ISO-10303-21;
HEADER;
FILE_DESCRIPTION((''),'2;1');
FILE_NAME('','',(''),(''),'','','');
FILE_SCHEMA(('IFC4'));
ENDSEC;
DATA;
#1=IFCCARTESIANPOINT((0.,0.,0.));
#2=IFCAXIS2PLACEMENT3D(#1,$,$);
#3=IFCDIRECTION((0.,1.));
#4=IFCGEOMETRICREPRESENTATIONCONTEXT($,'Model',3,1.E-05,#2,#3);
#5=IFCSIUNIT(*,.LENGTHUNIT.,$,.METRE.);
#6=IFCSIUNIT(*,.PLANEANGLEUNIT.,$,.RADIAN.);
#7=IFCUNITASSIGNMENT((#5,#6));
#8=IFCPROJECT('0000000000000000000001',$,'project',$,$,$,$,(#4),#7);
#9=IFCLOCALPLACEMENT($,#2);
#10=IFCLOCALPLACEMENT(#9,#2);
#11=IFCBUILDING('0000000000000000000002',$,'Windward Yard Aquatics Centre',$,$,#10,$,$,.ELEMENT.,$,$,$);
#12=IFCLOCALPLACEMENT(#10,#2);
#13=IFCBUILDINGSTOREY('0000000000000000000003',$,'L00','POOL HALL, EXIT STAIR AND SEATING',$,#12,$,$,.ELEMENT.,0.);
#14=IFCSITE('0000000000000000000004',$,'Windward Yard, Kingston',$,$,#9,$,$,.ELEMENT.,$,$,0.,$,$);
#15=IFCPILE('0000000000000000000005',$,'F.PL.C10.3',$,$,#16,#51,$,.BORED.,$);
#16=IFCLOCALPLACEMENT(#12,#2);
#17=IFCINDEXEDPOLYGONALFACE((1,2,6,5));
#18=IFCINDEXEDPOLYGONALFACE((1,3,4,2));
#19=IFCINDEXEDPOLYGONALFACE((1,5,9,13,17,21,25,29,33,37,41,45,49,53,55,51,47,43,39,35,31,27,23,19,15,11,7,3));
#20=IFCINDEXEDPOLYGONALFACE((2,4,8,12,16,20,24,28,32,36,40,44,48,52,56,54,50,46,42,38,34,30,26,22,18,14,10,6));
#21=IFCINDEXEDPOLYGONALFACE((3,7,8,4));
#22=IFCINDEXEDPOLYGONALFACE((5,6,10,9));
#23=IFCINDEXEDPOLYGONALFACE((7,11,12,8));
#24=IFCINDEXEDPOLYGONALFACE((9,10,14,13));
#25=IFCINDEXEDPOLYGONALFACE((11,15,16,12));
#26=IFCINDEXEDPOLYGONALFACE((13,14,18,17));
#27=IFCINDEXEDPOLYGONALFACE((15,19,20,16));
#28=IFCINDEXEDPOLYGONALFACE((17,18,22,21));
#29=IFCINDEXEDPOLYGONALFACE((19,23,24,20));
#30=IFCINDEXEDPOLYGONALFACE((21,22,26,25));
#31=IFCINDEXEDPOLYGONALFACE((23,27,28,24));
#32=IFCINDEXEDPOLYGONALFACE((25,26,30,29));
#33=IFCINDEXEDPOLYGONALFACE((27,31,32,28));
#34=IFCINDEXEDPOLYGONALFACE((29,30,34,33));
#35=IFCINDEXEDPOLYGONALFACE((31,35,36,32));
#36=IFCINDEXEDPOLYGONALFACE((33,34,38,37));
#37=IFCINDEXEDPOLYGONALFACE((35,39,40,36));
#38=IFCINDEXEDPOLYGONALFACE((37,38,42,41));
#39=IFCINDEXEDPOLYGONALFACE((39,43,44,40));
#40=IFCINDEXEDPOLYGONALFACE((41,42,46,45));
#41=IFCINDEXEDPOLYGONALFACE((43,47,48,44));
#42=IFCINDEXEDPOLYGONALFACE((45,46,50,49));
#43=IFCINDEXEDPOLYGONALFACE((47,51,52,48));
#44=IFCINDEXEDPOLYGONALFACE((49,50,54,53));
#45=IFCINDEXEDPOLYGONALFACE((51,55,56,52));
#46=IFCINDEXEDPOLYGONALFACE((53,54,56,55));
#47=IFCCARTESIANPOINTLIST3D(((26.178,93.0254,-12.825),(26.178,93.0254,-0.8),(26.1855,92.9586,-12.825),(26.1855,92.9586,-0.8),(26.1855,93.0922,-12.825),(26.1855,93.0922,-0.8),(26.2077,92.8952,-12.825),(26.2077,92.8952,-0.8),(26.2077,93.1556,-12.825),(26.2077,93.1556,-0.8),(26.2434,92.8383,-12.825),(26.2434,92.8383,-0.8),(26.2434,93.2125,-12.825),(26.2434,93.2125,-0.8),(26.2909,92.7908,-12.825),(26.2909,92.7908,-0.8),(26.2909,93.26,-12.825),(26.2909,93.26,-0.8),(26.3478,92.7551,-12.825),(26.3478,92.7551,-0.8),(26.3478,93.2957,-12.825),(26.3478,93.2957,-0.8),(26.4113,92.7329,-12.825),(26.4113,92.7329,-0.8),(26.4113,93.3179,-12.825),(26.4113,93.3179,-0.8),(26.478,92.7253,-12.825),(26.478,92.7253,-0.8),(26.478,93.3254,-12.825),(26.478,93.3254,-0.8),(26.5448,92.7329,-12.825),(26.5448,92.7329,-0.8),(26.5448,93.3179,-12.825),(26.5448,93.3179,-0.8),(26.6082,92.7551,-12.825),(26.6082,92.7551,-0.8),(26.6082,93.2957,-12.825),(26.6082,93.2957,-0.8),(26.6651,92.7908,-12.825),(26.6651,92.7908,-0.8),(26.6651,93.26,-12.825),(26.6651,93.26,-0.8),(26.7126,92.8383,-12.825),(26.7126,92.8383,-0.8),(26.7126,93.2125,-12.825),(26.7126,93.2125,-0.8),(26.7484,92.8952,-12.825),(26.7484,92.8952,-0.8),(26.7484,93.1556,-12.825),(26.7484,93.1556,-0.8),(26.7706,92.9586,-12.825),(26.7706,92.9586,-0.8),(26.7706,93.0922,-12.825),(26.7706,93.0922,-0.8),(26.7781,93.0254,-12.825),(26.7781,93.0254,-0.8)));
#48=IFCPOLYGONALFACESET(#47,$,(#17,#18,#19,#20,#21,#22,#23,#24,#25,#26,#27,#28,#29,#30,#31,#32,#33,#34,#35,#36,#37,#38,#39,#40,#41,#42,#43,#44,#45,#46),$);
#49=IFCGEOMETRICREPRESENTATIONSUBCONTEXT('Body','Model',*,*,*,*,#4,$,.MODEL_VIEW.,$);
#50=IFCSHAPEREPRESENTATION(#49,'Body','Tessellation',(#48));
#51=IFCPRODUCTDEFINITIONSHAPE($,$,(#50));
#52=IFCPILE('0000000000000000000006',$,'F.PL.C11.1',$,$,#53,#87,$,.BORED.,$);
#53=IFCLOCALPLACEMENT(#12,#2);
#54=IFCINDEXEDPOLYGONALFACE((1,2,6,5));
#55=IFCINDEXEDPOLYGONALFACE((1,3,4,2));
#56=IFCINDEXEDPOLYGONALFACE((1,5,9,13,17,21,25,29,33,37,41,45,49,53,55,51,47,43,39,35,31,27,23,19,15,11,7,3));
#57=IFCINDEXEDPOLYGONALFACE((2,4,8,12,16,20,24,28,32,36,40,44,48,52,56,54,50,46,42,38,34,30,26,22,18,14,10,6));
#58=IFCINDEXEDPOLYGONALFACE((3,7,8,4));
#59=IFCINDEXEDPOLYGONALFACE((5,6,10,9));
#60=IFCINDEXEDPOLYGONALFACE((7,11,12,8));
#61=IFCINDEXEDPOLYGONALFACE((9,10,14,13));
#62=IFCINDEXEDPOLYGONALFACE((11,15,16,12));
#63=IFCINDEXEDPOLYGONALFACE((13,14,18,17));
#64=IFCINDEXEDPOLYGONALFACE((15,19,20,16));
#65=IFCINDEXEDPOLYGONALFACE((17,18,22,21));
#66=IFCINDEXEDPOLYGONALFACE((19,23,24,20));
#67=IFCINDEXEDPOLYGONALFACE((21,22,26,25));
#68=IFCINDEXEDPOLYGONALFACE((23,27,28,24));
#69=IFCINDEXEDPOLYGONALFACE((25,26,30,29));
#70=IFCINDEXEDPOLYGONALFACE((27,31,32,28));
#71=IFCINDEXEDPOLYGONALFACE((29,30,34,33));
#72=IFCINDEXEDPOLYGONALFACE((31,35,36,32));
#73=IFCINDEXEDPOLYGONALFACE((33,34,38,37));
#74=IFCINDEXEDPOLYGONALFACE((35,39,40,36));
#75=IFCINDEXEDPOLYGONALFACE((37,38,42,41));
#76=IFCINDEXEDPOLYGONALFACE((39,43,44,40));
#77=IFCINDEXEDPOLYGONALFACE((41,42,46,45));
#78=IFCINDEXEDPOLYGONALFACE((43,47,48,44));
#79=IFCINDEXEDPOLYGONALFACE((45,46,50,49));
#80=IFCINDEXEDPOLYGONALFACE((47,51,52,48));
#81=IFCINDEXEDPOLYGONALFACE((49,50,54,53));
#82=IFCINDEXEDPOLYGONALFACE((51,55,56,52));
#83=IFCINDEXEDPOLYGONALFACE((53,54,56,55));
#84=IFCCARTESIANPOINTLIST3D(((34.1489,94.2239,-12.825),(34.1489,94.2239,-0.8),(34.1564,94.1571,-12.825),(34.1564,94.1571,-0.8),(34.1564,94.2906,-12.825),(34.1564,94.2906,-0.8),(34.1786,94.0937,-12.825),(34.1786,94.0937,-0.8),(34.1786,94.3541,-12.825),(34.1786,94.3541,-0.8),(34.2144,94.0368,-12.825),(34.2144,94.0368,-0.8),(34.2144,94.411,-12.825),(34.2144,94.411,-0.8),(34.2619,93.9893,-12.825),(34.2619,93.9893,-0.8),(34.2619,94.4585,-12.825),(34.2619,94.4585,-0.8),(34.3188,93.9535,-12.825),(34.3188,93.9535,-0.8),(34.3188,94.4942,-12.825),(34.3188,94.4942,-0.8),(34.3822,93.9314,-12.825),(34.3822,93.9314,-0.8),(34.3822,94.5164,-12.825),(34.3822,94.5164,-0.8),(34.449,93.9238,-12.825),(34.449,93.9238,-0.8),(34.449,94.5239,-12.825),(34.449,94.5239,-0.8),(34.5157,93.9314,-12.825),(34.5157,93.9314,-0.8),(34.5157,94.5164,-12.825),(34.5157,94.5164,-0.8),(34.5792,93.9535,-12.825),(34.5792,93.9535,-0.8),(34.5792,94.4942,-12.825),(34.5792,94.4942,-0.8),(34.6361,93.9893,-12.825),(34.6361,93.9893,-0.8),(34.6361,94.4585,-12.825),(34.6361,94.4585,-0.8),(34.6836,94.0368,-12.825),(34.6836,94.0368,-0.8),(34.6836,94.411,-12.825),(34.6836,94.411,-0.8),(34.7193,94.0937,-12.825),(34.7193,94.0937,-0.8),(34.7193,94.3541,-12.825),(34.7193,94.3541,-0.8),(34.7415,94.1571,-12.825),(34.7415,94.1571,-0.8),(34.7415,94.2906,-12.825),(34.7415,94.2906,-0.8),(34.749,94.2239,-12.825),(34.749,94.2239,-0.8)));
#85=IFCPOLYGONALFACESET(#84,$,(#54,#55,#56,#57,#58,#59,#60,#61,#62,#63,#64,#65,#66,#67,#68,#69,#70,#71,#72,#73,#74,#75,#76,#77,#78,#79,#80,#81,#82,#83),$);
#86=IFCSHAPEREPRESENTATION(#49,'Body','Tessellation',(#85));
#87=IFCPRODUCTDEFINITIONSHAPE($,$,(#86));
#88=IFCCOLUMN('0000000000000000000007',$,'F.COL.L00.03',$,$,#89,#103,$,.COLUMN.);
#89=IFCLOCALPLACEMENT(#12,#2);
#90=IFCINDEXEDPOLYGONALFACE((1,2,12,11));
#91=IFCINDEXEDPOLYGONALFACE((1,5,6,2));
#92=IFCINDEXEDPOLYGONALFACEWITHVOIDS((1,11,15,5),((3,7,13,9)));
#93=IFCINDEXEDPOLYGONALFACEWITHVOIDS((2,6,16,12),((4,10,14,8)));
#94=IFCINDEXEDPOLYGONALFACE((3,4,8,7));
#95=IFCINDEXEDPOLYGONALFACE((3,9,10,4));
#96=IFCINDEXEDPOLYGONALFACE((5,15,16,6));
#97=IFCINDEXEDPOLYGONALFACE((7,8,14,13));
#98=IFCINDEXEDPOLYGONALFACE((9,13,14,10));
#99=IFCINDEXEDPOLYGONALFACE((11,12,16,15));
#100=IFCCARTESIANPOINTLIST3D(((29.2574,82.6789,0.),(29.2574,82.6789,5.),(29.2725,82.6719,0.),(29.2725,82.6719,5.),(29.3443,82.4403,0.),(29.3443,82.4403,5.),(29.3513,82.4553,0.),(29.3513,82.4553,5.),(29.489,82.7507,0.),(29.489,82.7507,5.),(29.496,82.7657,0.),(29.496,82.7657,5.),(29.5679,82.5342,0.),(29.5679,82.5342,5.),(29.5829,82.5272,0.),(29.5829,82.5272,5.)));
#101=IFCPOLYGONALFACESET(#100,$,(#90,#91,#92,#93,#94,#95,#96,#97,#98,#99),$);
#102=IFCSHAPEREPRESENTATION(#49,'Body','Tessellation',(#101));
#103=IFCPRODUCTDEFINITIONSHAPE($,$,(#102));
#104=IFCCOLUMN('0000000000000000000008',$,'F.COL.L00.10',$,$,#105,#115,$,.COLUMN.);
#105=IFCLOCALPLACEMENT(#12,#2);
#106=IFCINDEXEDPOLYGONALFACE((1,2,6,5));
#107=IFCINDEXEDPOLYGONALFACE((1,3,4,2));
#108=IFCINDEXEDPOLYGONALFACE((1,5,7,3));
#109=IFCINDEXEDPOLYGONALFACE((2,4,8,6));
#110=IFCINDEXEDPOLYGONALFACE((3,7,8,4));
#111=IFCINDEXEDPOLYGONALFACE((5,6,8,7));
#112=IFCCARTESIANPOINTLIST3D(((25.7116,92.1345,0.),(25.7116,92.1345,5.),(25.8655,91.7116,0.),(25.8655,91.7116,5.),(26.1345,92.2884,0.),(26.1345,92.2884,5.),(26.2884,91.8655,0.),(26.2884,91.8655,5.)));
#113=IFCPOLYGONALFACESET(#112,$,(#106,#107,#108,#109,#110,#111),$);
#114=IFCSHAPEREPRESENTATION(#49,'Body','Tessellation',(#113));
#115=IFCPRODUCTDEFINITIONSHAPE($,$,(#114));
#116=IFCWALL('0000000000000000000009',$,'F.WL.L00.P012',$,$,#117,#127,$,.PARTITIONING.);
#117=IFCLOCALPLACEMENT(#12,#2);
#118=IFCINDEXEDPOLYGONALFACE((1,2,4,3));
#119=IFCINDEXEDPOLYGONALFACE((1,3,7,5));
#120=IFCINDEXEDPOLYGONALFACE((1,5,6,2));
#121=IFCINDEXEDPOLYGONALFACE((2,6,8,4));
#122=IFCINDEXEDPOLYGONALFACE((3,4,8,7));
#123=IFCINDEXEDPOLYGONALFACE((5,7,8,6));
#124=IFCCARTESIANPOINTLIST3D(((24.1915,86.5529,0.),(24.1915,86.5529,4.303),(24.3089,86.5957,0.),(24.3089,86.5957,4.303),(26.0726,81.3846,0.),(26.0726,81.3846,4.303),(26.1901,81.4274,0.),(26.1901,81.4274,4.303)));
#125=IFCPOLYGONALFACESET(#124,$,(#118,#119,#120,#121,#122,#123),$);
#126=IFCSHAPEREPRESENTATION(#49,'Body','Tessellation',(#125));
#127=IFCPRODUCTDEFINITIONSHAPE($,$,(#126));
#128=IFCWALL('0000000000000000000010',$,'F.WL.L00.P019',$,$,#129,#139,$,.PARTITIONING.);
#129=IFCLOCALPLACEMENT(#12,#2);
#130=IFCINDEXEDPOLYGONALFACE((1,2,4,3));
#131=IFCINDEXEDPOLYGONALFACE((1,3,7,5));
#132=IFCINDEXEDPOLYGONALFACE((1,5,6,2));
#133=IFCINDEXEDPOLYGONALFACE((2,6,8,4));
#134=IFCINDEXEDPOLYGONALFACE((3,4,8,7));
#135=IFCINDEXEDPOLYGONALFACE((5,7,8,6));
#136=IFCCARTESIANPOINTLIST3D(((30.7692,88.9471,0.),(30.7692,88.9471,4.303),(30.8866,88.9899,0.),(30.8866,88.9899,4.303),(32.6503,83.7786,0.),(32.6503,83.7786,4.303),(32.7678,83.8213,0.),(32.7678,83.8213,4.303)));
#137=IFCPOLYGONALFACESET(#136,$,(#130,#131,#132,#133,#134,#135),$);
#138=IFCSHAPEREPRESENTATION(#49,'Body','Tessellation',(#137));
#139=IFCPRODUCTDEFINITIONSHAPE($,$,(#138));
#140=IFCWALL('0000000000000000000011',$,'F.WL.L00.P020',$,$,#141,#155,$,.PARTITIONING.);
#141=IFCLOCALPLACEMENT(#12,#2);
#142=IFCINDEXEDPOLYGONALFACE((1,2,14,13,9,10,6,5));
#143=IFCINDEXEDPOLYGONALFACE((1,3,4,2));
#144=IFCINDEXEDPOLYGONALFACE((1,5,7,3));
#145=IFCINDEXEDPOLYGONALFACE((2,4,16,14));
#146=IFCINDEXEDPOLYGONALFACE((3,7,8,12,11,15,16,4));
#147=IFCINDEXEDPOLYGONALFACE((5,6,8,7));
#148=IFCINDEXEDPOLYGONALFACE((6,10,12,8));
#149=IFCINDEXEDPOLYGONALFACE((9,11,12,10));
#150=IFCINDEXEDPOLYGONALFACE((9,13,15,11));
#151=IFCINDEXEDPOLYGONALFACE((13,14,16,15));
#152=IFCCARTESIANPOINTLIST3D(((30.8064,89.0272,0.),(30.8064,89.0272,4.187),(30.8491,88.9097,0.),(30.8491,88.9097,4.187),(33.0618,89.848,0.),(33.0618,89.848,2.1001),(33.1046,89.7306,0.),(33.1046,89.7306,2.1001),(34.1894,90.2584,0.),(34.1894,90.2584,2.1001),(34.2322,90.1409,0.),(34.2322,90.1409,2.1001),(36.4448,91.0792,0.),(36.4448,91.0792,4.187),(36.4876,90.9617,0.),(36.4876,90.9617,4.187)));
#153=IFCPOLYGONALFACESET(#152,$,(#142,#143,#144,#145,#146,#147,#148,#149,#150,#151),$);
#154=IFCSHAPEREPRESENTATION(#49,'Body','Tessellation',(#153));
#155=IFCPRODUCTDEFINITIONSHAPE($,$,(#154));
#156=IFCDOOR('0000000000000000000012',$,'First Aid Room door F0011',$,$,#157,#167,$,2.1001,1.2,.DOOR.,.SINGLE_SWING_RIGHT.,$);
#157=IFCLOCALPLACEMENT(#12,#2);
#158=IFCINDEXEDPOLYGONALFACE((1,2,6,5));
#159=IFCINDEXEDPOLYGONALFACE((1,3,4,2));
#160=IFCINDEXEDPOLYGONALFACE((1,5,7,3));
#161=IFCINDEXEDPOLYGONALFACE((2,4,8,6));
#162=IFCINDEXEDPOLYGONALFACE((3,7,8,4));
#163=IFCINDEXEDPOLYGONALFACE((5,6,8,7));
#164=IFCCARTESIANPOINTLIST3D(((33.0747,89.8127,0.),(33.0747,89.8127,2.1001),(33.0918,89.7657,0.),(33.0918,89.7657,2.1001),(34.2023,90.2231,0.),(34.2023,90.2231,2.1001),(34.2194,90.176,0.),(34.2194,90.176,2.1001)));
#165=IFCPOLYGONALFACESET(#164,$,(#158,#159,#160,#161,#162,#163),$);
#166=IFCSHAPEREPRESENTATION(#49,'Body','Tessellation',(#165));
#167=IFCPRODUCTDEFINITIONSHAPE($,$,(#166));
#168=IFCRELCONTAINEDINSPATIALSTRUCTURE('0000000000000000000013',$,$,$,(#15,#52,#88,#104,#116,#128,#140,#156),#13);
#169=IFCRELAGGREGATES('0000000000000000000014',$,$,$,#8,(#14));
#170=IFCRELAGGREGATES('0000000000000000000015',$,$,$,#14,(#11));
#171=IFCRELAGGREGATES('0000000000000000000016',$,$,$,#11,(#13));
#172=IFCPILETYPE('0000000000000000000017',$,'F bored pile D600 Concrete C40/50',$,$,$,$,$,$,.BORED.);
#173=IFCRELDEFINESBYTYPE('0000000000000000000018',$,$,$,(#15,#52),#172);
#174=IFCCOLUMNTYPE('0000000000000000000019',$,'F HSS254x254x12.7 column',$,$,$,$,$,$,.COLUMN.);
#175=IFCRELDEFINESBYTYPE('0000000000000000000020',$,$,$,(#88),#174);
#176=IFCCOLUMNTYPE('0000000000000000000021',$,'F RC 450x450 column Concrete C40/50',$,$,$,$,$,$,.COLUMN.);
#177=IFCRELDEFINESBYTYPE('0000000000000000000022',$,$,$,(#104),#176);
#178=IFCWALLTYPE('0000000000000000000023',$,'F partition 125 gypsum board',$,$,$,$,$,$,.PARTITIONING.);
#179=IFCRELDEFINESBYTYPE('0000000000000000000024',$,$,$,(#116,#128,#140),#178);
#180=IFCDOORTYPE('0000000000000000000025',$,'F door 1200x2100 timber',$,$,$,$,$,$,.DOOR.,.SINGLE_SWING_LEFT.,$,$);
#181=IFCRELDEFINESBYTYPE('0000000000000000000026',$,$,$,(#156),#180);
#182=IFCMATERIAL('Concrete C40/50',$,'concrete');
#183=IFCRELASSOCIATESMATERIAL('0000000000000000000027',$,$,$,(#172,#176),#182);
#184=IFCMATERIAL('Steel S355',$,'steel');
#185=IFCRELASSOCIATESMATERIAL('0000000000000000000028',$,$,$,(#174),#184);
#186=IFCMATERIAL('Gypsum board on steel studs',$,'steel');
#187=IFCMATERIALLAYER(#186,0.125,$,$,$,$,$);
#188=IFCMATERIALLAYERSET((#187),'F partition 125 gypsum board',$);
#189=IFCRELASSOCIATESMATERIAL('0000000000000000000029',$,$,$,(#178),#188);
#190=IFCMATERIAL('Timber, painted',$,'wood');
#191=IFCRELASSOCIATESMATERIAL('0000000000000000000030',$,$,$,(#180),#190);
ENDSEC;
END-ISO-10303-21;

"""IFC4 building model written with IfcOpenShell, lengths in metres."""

from ifc_helpers import new_model, si_unit, direction, frame, frame_2d, origin, origin_2d, place, context, subcontext, project, spatial, rectangle, hollow_rectangle, circle, extrude, material, layer, layer_set, material_profile, profile_set, type_object, element, fill, save


model = new_model("IFC4")

# Units and contexts
model_context = context("Model", 3, precision=1e-05, world=origin(), true_north=direction((0.0, 1.0)))
body_context = subcontext(model_context, "Body", "Model", "MODEL_VIEW")
ifc_project = project(units=[si_unit("LENGTHUNIT", "METRE"), si_unit("PLANEANGLEUNIT", "RADIAN")], contexts=[model_context])

# Site, building, storey
site_placement = place(None, origin())
site = spatial("IfcSite", under=ifc_project, at=site_placement, Name="Windward Yard, Kingston", CompositionType="ELEMENT", RefElevation=0.0)
building_placement = place(site_placement, origin())
building = spatial("IfcBuilding", under=site, at=building_placement, Name="Windward Yard Aquatics Centre", CompositionType="ELEMENT")
storey_placement = place(building_placement, origin())
storey = spatial("IfcBuildingStorey", under=building, at=storey_placement, Name="L00", Description="POOL HALL, EXIT STAIR AND SEATING", CompositionType="ELEMENT", Elevation=0.0)

# Piles
ifc_material_1 = material(Name="Concrete C40/50", Category="concrete")
ifc_material_profile_1 = material_profile(ifc_material_1, circle(Radius=0.3, at=origin_2d()), Name="D600")
ifc_profile_set_1 = profile_set([ifc_material_profile_1], Name="Concrete C40/50")
pile_type = type_object("IfcPileType", Name="F bored pile D600 Concrete C40/50", PredefinedType="BORED", material=ifc_profile_set_1)
for number, where, z_axis, x_axis, name in (
    (1, (26.478, 93.0254, -0.8), (0.0, 0.0, -1.0), (1.0, 0.0, 0.0), "F.PL.C10.3"),
    (2, (34.449, 94.2239, -0.8), (0.0, 0.0, -1.0), (1.0, 0.0, 0.0), "F.PL.C11.1"),
):
    element("IfcPile", number, at=place(storey_placement, frame(where, z_axis=z_axis, x_axis=x_axis)), inside=storey, type_object=pile_type, Name=name, PredefinedType="BORED", context=body_context, shape_type="SweptSolid", body=[
        extrude(circle(Radius=0.3, at=origin_2d()), origin(), (0.0, 0.0, 1.0), 12.0249),
    ])

# Columns
ifc_material_2 = material(Name="Steel S355", Category="steel")
ifc_material_profile_2 = material_profile(ifc_material_2, hollow_rectangle(XDim=0.2539, YDim=0.2539, WallThickness=0.0117, at=origin_2d()), Name="HSS254x254x12.7")
ifc_profile_set_2 = profile_set([ifc_material_profile_2], Name="Steel S355")
column_type_1 = type_object("IfcColumnType", Name="F HSS254x254x12.7 column", PredefinedType="COLUMN", material=ifc_profile_set_2)
column_1_placement = place(storey_placement, frame((29.4202, 82.603, 0.0), z_axis=(0.0, 0.0, 1.0), x_axis=(0.939693, 0.34202, 0.0)))
element("IfcColumn", 3, at=column_1_placement, inside=storey, type_object=column_type_1, Name="F.COL.L00.03", PredefinedType="COLUMN", context=body_context, shape_type="SweptSolid", body=[
    extrude(hollow_rectangle(XDim=0.2539, YDim=0.2539, WallThickness=0.0117, at=origin_2d()), origin(), (0.0, 0.0, 1.0), 5.0),
])
ifc_material_profile_3 = material_profile(ifc_material_1, rectangle(XDim=0.45, YDim=0.45, at=origin_2d()), Name="RC 450x450")
ifc_profile_set_3 = profile_set([ifc_material_profile_3], Name="Concrete C40/50")
column_type_2 = type_object("IfcColumnType", Name="F RC 450x450 column Concrete C40/50", PredefinedType="COLUMN", material=ifc_profile_set_3)
column_2_placement = place(storey_placement, frame((26.0, 92.0, 0.0), z_axis=(0.0, 0.0, 1.0), x_axis=(0.939693, 0.34202, 0.0)))
element("IfcColumn", 4, at=column_2_placement, inside=storey, type_object=column_type_2, Name="F.COL.L00.10", PredefinedType="COLUMN", context=body_context, shape_type="SweptSolid", body=[
    extrude(rectangle(XDim=0.45, YDim=0.45, at=origin_2d()), origin(), (0.0, 0.0, 1.0), 5.0),
])

# Walls
ifc_material_3 = material(Name="Gypsum board on steel studs", Category="steel")
ifc_layer_1 = layer(ifc_material_3, 0.125)
ifc_layer_set_1 = layer_set([ifc_layer_1], Name="F partition 125 gypsum board")
wall_type_1 = type_object("IfcWallType", Name="F partition 125 gypsum board", PredefinedType="PARTITIONING", material=ifc_layer_set_1)
wall_1_placement = place(storey_placement, frame((26.1313, 81.406, 0.0), z_axis=(0.0, 0.0, 1.0), x_axis=(-0.342025, 0.939691, 0.0)))
element("IfcWall", 5, at=wall_1_placement, inside=storey, type_object=wall_type_1, Name="F.WL.L00.P012", PredefinedType="PARTITIONING", context=body_context, shape_type="SweptSolid", body=[
    extrude(rectangle(XDim=5.5, YDim=0.125, at=frame_2d((2.75, 0.0))), origin(), (0.0, 0.0, 1.0), 4.303),
])
wall_2_placement = place(storey_placement, frame((32.709, 83.8, 0.0), z_axis=(0.0, 0.0, 1.0), x_axis=(-0.34201, 0.939696, 0.0)))
element("IfcWall", 6, at=wall_2_placement, inside=storey, type_object=wall_type_1, Name="F.WL.L00.P019", PredefinedType="PARTITIONING", context=body_context, shape_type="SweptSolid", body=[
    extrude(rectangle(XDim=5.5002, YDim=0.125, at=frame_2d((2.75, 0.0))), origin(), (0.0, 0.0, 1.0), 4.303),
])

# Wall, opening, door
wall_3_placement = place(storey_placement, frame((30.8279, 88.9685, 0.0), z_axis=(0.0, 0.0, 1.0), x_axis=(0.939704, 0.341988, 0.0)))
wall_3 = element("IfcWall", 7, at=wall_3_placement, inside=storey, type_object=wall_type_1, Name="F.WL.L00.P020", PredefinedType="PARTITIONING", context=body_context, shape_type="SweptSolid", body=[
    extrude(rectangle(XDim=6.0002, YDim=0.125, at=frame_2d((3.0, 0.0))), origin(), (0.0, 0.0, 1.0), 4.187),
])
opening_1_placement = place(wall_3_placement, frame((2.3999, 0.0, 0.0)))
opening_1 = element("IfcOpeningElement", 8, at=opening_1_placement, cuts=wall_3, PredefinedType="OPENING", context=body_context, shape_type="SweptSolid", body=[
    extrude(rectangle(XDim=1.2, YDim=2.1001, at=frame_2d((0.6001, 1.05))), frame((0.0, 0.0725, 0.0), z_axis=(0.0, -1.0, 0.0), x_axis=(1.0, 0.0, 0.0)), (0.0, 0.0, 1.0), 0.145),
])
ifc_material_4 = material(Name="Timber, painted", Category="wood")
door_type = type_object("IfcDoorType", Name="F door 1200x2100 timber", OperationType="SINGLE_SWING_LEFT", PredefinedType="DOOR", material=ifc_material_4)
door_placement = place(opening_1_placement, origin())
door = element("IfcDoor", 9, at=door_placement, inside=storey, type_object=door_type, Name="First Aid Room door F0011", OperationType="SINGLE_SWING_RIGHT", OverallHeight=2.1001, OverallWidth=1.2, PredefinedType="DOOR", context=body_context, shape_type="SweptSolid", body=[
    extrude(rectangle(XDim=1.2, YDim=2.1001, at=frame_2d((0.6001, 1.05))), frame((0.0, 0.0249, 0.0), z_axis=(0.0, -1.0, 0.0), x_axis=(1.0, 0.0, 0.0)), (0.0, 0.0, 1.0), 0.05),
])
fill(opening_1, door)

save(model, "model.ifc")
